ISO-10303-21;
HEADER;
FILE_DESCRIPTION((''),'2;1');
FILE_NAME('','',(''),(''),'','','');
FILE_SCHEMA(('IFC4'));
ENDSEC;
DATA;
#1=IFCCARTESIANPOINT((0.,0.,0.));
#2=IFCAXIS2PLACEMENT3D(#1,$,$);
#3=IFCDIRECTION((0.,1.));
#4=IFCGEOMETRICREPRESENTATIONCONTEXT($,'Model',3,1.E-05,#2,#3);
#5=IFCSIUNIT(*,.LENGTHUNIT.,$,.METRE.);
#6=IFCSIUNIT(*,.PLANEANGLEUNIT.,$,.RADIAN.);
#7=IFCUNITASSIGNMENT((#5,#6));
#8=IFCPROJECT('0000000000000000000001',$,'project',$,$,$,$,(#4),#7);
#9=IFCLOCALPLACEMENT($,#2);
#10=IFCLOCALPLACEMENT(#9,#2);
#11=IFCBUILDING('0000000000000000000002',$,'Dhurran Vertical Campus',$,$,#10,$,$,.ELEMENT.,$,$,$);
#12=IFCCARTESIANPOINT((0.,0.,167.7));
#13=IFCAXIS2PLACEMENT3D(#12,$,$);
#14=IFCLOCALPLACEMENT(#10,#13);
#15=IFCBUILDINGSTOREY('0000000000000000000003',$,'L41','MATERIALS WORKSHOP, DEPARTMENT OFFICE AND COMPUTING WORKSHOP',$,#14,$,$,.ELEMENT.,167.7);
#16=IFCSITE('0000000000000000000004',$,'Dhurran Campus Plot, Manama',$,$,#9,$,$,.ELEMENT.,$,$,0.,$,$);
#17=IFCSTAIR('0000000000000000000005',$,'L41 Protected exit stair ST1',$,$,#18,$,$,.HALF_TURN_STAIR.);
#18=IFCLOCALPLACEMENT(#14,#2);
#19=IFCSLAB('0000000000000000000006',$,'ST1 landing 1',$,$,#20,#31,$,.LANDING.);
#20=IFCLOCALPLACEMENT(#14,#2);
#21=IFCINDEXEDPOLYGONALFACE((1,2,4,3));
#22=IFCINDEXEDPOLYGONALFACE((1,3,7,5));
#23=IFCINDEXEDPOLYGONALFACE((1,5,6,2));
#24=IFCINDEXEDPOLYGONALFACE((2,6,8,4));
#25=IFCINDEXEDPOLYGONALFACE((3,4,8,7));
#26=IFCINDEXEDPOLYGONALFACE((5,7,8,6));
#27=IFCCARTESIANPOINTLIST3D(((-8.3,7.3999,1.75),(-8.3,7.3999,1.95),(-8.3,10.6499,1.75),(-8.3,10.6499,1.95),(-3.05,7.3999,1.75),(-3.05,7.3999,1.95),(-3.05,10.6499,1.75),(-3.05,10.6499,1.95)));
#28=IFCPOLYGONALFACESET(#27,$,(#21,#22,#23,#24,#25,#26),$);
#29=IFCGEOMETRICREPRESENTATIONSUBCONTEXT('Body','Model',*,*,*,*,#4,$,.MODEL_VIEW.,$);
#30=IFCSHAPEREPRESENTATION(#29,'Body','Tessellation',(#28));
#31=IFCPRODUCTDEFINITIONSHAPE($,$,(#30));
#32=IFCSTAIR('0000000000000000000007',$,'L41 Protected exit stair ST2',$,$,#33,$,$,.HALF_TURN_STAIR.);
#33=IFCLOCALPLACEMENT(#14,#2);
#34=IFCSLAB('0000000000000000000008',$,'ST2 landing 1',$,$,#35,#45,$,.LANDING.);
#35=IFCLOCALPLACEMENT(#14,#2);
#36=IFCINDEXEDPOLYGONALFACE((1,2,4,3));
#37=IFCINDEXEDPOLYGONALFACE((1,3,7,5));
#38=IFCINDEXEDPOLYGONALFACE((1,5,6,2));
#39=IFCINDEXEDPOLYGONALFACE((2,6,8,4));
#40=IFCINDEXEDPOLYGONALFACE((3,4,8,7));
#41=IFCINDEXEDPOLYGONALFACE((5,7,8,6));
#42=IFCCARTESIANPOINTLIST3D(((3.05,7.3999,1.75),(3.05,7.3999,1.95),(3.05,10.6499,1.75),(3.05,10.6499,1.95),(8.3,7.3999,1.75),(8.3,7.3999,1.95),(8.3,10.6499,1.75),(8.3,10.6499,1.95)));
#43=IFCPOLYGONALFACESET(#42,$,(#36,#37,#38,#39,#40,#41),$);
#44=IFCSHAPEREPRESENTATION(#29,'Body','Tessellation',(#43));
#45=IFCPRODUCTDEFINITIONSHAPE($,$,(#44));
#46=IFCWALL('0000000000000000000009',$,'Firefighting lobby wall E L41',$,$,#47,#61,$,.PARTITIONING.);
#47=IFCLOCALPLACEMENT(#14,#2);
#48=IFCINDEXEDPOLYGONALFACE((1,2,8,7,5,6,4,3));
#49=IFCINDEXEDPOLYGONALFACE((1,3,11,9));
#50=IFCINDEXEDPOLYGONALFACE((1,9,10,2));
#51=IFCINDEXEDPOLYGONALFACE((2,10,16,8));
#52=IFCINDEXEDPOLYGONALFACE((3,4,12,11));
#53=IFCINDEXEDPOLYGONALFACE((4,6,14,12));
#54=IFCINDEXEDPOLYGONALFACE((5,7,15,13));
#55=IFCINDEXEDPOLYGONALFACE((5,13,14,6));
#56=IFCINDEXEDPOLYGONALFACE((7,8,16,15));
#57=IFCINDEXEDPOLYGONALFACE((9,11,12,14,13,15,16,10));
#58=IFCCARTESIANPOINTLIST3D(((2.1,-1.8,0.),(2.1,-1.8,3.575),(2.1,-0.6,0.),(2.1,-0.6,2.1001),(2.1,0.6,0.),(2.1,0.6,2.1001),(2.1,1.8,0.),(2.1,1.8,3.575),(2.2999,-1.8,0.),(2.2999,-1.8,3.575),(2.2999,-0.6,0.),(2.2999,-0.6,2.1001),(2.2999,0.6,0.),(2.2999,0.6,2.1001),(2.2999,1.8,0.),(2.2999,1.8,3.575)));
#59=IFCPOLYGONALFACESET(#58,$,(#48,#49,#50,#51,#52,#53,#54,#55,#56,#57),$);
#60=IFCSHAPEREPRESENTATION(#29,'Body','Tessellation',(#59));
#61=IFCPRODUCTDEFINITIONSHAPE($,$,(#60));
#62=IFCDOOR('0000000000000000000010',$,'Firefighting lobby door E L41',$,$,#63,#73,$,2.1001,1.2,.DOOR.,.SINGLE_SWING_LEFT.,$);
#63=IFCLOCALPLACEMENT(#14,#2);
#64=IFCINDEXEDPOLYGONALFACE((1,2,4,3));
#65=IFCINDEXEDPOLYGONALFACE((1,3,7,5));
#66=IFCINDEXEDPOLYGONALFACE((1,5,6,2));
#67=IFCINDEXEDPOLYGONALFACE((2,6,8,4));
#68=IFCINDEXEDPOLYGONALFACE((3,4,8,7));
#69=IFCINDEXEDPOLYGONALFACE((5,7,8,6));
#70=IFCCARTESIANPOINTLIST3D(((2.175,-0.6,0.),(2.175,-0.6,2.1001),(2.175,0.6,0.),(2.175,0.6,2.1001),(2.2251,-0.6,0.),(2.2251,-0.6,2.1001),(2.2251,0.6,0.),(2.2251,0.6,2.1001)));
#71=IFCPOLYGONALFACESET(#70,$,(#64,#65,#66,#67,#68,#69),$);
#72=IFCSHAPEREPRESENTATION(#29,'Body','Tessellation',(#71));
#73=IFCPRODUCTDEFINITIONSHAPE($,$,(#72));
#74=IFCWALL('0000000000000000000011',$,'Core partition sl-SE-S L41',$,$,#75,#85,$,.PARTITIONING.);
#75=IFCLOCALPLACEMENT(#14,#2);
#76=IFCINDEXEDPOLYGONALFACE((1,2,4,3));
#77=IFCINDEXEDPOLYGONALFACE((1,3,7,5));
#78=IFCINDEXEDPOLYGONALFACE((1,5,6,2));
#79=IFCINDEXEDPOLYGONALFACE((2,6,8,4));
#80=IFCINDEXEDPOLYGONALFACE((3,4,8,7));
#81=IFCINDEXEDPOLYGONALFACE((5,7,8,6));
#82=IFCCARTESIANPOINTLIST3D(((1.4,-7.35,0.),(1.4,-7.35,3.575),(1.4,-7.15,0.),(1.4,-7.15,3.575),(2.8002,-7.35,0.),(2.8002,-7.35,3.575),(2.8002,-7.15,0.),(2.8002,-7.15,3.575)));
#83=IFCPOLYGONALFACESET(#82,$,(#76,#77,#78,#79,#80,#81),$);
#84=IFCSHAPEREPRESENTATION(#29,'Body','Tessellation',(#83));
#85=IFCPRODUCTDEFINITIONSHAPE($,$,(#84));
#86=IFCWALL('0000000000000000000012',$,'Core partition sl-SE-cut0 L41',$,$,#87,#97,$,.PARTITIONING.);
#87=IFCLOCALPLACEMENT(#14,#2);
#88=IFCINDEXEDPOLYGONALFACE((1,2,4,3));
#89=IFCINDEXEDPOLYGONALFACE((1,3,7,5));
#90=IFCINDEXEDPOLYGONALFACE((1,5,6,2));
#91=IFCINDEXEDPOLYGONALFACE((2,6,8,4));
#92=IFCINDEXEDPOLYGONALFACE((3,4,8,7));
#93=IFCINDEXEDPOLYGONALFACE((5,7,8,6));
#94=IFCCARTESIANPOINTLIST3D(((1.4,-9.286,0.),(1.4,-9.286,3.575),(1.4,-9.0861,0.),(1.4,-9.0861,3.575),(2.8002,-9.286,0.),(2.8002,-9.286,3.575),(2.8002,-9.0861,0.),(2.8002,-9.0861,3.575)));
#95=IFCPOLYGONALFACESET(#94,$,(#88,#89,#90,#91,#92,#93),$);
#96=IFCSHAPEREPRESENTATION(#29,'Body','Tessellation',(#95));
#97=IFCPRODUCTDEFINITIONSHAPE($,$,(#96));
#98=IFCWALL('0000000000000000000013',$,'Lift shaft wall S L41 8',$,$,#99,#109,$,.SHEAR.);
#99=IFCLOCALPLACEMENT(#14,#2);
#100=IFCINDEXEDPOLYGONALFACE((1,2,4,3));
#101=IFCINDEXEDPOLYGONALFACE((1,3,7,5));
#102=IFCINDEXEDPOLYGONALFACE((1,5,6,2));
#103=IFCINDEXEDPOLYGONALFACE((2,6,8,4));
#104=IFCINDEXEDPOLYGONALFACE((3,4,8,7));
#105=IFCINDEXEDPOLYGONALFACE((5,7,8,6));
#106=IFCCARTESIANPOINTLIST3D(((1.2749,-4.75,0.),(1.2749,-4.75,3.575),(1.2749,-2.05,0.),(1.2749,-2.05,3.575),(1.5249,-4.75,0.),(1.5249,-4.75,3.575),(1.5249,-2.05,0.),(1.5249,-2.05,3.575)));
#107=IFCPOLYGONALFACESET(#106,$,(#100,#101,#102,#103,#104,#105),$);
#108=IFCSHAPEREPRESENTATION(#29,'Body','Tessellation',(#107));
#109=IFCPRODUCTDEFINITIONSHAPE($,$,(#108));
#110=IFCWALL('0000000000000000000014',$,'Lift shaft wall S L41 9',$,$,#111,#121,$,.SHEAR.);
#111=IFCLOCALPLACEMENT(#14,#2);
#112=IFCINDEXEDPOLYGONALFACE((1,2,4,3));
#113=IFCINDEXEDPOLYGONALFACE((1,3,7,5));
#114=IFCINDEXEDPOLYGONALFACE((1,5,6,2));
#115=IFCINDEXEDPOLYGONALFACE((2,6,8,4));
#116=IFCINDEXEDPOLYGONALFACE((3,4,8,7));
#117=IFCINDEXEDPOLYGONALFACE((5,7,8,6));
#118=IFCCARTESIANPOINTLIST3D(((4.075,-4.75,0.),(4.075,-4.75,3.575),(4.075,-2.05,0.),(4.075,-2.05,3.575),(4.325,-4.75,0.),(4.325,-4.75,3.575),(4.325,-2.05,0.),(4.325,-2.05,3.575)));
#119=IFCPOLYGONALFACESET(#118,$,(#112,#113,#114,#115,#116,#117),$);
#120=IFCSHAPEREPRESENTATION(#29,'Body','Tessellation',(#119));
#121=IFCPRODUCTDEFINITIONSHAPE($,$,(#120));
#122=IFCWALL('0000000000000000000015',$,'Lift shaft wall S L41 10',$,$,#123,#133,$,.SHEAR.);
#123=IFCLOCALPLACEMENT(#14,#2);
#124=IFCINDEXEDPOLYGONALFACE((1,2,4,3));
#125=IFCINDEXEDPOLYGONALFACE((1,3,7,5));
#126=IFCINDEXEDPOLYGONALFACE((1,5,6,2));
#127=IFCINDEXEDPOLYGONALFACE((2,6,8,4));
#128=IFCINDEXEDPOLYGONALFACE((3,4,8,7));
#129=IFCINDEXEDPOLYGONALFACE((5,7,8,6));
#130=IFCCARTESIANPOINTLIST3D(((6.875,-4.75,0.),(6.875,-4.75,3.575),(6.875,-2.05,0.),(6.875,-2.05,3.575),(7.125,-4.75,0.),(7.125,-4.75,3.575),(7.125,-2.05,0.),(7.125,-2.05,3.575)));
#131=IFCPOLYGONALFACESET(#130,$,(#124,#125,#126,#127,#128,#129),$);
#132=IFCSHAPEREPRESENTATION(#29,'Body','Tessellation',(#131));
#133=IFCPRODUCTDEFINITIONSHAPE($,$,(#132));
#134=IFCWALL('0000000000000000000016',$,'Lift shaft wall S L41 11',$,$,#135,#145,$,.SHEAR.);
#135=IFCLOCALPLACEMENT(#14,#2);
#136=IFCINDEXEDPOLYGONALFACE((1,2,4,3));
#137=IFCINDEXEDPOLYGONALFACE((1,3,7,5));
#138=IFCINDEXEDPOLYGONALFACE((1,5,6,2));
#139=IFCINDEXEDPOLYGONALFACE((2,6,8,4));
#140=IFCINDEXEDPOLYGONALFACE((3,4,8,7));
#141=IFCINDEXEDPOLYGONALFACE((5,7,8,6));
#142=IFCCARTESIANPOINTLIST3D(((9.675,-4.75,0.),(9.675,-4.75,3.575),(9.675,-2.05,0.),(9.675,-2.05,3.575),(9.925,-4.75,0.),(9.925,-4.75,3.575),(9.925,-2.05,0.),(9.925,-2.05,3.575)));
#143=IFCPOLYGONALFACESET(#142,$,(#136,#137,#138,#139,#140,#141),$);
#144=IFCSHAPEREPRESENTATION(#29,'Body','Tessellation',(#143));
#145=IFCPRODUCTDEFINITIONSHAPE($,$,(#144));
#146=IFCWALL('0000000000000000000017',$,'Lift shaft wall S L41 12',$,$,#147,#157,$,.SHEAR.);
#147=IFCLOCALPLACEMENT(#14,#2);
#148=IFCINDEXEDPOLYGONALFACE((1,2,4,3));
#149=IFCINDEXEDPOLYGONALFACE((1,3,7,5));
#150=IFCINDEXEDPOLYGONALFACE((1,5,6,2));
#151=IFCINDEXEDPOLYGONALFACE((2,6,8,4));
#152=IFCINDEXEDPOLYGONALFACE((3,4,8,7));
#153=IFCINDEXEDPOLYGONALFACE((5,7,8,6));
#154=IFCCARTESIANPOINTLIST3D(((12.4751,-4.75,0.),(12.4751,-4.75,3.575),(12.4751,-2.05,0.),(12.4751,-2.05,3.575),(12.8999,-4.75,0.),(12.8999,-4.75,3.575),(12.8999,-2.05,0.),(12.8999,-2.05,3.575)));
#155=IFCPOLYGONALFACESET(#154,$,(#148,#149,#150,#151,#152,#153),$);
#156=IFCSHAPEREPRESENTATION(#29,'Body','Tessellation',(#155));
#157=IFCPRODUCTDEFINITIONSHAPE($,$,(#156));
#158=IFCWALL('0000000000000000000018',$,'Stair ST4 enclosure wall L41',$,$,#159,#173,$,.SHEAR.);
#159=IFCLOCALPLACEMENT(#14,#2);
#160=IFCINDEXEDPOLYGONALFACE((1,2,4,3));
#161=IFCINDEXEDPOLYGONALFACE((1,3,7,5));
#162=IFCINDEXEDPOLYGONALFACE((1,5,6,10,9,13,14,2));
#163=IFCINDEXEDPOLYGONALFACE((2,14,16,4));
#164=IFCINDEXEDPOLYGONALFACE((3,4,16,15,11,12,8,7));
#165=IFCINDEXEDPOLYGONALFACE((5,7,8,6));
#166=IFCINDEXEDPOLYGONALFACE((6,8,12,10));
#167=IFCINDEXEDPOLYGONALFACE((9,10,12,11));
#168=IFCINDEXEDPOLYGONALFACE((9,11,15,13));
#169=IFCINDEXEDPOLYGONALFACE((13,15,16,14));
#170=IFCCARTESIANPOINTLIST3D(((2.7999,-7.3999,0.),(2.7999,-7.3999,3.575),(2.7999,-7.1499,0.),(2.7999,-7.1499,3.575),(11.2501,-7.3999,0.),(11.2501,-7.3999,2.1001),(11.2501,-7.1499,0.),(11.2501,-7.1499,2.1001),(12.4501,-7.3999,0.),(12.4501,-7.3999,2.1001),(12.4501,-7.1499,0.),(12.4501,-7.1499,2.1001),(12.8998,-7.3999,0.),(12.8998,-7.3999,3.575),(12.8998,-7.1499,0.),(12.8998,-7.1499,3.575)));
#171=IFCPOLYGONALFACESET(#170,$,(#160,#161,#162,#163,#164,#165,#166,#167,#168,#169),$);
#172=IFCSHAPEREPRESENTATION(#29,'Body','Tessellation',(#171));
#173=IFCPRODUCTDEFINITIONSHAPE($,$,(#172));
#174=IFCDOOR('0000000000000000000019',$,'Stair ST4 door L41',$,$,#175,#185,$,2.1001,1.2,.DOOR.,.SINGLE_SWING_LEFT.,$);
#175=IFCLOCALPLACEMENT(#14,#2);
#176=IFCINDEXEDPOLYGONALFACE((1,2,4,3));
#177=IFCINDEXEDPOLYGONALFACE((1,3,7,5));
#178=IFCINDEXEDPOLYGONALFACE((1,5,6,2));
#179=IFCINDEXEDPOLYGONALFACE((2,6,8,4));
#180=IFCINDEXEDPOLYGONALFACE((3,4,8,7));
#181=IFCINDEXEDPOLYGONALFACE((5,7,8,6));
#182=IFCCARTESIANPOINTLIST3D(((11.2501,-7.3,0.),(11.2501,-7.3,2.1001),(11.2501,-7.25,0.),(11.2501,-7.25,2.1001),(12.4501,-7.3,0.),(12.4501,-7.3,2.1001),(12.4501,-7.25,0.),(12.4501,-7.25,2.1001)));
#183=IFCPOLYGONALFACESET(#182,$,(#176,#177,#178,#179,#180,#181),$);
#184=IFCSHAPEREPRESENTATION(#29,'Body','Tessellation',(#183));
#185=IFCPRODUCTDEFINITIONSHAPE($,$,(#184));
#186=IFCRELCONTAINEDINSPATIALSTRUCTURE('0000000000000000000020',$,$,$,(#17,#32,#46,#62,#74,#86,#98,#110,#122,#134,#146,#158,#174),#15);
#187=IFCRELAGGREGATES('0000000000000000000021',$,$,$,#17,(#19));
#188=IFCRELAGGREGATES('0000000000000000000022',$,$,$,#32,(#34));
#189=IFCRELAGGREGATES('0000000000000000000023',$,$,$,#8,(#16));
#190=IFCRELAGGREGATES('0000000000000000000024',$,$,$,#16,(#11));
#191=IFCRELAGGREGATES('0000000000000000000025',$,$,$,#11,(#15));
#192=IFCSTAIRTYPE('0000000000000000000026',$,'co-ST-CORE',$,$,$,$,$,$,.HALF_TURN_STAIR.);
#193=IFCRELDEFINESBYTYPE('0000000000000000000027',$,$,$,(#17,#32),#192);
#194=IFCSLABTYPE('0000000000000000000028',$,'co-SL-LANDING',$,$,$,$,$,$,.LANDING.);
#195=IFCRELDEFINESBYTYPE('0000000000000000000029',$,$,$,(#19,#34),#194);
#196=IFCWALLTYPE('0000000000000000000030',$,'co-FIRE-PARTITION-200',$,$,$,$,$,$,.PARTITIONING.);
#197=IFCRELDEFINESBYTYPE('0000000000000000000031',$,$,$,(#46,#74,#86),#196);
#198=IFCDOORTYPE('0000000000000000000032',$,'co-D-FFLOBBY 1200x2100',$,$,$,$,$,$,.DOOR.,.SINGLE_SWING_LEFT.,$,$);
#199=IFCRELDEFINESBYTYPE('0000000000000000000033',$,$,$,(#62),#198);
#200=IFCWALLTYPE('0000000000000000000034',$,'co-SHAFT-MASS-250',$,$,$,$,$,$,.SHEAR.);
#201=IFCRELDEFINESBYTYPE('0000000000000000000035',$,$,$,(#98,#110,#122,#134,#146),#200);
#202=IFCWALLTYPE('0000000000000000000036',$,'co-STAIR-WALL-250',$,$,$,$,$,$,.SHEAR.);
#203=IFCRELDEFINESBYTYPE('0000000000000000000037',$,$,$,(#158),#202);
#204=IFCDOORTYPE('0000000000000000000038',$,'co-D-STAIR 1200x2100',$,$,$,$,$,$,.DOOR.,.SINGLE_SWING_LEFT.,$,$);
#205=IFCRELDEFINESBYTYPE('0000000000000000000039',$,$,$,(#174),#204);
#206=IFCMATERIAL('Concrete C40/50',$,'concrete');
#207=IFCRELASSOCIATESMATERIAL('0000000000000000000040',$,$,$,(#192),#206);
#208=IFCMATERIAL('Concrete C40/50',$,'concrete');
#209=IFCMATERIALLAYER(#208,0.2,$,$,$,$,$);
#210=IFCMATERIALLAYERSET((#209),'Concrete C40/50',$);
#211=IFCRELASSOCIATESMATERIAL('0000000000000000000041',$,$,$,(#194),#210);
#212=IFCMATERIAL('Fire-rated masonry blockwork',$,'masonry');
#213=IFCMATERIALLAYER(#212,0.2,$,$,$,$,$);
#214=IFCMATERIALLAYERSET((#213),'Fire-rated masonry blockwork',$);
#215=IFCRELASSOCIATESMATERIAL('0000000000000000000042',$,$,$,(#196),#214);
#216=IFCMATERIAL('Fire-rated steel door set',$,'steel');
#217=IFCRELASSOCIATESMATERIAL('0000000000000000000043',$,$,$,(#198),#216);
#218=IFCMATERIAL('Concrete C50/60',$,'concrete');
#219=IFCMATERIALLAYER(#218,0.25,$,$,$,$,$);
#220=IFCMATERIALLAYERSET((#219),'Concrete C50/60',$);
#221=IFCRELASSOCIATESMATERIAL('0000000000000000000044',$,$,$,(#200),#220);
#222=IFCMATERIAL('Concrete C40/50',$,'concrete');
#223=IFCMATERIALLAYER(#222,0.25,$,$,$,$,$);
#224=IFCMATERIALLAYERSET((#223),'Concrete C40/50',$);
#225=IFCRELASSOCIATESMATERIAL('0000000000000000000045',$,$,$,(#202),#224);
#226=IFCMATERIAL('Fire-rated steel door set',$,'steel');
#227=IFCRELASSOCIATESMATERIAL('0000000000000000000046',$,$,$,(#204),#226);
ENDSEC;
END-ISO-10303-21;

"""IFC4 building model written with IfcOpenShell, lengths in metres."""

from ifc_helpers import new_model, si_unit, direction, frame, frame_2d, origin, place, context, subcontext, project, spatial, polyline, rectangle, outline, extrude, material, layer, layer_set, type_object, element, fill, aggregate, save


model = new_model("IFC4")

# Units and contexts
model_context = context("Model", 3, precision=1e-05, world=origin(), true_north=direction((0.0, 1.0)))
body_context = subcontext(model_context, "Body", "Model", "MODEL_VIEW")
ifc_project = project(units=[si_unit("LENGTHUNIT", "METRE"), si_unit("PLANEANGLEUNIT", "RADIAN")], contexts=[model_context])

# Site, building, storey
site_placement = place(None, origin())
site = spatial("IfcSite", under=ifc_project, at=site_placement, Name="Dhurran Campus Plot, Manama", CompositionType="ELEMENT", RefElevation=0.0)
building_placement = place(site_placement, origin())
building = spatial("IfcBuilding", under=site, at=building_placement, Name="Dhurran Vertical Campus", CompositionType="ELEMENT")
storey_placement = place(building_placement, frame((0.0, 0.0, 167.7)))
storey = spatial("IfcBuildingStorey", under=building, at=storey_placement, Name="L41", Description="MATERIALS WORKSHOP, DEPARTMENT OFFICE AND COMPUTING WORKSHOP", CompositionType="ELEMENT", Elevation=167.7)

# Stairs, slabs
ifc_material_1 = material(Name="Concrete C40/50", Category="concrete")
stair_type = type_object("IfcStairType", Name="co-ST-CORE", PredefinedType="HALF_TURN_STAIR", material=ifc_material_1)
stair_1_placement = place(storey_placement, origin())
stair_1 = element("IfcStair", 1, at=stair_1_placement, inside=storey, type_object=stair_type, Name="L41 Protected exit stair ST1", PredefinedType="HALF_TURN_STAIR")
ifc_material_2 = material(Name="Concrete C40/50", Category="concrete")
ifc_layer_1 = layer(ifc_material_2, 0.2)
ifc_layer_set_1 = layer_set([ifc_layer_1], Name="Concrete C40/50")
slab_type = type_object("IfcSlabType", Name="co-SL-LANDING", PredefinedType="LANDING", material=ifc_layer_set_1)
slab_1_placement = place(storey_placement, frame((0.0, 0.0, 1.75)))
slab_1 = element("IfcSlab", 2, at=slab_1_placement, type_object=slab_type, Name="ST1 landing 1", PredefinedType="LANDING", context=body_context, shape_type="SweptSolid", body=[
    extrude(outline(polyline([(-8.3, 7.3999), (-3.05, 7.3999), (-3.05, 10.6499), (-8.3, 10.6499), (-8.3, 7.3999)])), origin(), (0.0, 0.0, 1.0), 0.2),
])
aggregate(stair_1, [slab_1])
stair_2_placement = place(storey_placement, origin())
stair_2 = element("IfcStair", 3, at=stair_2_placement, inside=storey, type_object=stair_type, Name="L41 Protected exit stair ST2", PredefinedType="HALF_TURN_STAIR")
slab_2_placement = place(storey_placement, frame((0.0, 0.0, 1.75)))
slab_2 = element("IfcSlab", 4, at=slab_2_placement, type_object=slab_type, Name="ST2 landing 1", PredefinedType="LANDING", context=body_context, shape_type="SweptSolid", body=[
    extrude(outline(polyline([(8.3, 10.6499), (3.05, 10.6499), (3.05, 7.3999), (8.3, 7.3999), (8.3, 10.6499)])), origin(), (0.0, 0.0, 1.0), 0.2),
])
aggregate(stair_2, [slab_2])

# Wall, opening, door
ifc_material_3 = material(Name="Fire-rated masonry blockwork", Category="masonry")
ifc_layer_2 = layer(ifc_material_3, 0.2)
ifc_layer_set_2 = layer_set([ifc_layer_2], Name="Fire-rated masonry blockwork")
wall_type_1 = type_object("IfcWallType", Name="co-FIRE-PARTITION-200", PredefinedType="PARTITIONING", material=ifc_layer_set_2)
wall_1_placement = place(storey_placement, frame((2.2, -1.8, 0.0), z_axis=(0.0, 0.0, 1.0), x_axis=(0.0, 1.0, 0.0)))
wall_1 = element("IfcWall", 5, at=wall_1_placement, inside=storey, type_object=wall_type_1, Name="Firefighting lobby wall E L41", PredefinedType="PARTITIONING", context=body_context, shape_type="SweptSolid", body=[
    extrude(rectangle(XDim=3.6001, YDim=0.2, at=frame_2d((1.8, 0.0))), origin(), (0.0, 0.0, 1.0), 3.575),
])
opening_1_placement = place(wall_1_placement, frame((1.2, 0.0, 0.0)))
opening_1 = element("IfcOpeningElement", 6, at=opening_1_placement, cuts=wall_1, PredefinedType="OPENING", context=body_context, shape_type="SweptSolid", body=[
    extrude(rectangle(XDim=1.2, YDim=2.1001, at=frame_2d((0.6001, 1.05))), frame((0.0, 0.1099, 0.0), z_axis=(0.0, -1.0, 0.0), x_axis=(1.0, 0.0, 0.0)), (0.0, 0.0, 1.0), 0.22),
])
ifc_material_4 = material(Name="Fire-rated steel door set", Category="steel")
door_type_1 = type_object("IfcDoorType", Name="co-D-FFLOBBY 1200x2100", OperationType="SINGLE_SWING_LEFT", PredefinedType="DOOR", material=ifc_material_4)
door_1_placement = place(opening_1_placement, origin())
door_1 = element("IfcDoor", 7, at=door_1_placement, inside=storey, type_object=door_type_1, Name="Firefighting lobby door E L41", OperationType="SINGLE_SWING_LEFT", OverallHeight=2.1001, OverallWidth=1.2, PredefinedType="DOOR", context=body_context, shape_type="SweptSolid", body=[
    extrude(rectangle(XDim=1.2, YDim=2.1001, at=frame_2d((0.6001, 1.05))), frame((0.0, 0.0249, 0.0), z_axis=(0.0, -1.0, 0.0), x_axis=(1.0, 0.0, 0.0)), (0.0, 0.0, 1.0), 0.05),
])
fill(opening_1, door_1)

# Walls
for number, where, z_axis, x_axis, name in (
    (8, (1.3999, -7.25, 0.0), (0.0, 0.0, 1.0), (1.0, 0.0, 0.0), "Core partition sl-SE-S L41"),
    (9, (1.3999, -9.186, 0.0), (0.0, 0.0, 1.0), (1.0, 0.0, 0.0), "Core partition sl-SE-cut0 L41"),
):
    element("IfcWall", number, at=place(storey_placement, frame(where, z_axis=z_axis, x_axis=x_axis)), inside=storey, type_object=wall_type_1, Name=name, PredefinedType="PARTITIONING", context=body_context, shape_type="SweptSolid", body=[
        extrude(rectangle(XDim=1.4001, YDim=0.2, at=frame_2d((0.7002, 0.0))), origin(), (0.0, 0.0, 1.0), 3.575),
    ])
ifc_material_5 = material(Name="Concrete C50/60", Category="concrete")
ifc_layer_3 = layer(ifc_material_5, 0.25)
ifc_layer_set_3 = layer_set([ifc_layer_3], Name="Concrete C50/60")
wall_type_2 = type_object("IfcWallType", Name="co-SHAFT-MASS-250", PredefinedType="SHEAR", material=ifc_layer_set_3)
wall_2_placement = place(storey_placement, origin())
element("IfcWall", 10, at=wall_2_placement, inside=storey, type_object=wall_type_2, Name="Lift shaft wall S L41 8", PredefinedType="SHEAR", context=body_context, shape_type="SweptSolid", body=[
    extrude(outline(polyline([(1.2749, -4.75), (1.5249, -4.75), (1.5249, -2.05), (1.2749, -2.05), (1.2749, -4.75)])), origin(), (0.0, 0.0, 1.0), 3.575),
])
wall_3_placement = place(storey_placement, origin())
element("IfcWall", 11, at=wall_3_placement, inside=storey, type_object=wall_type_2, Name="Lift shaft wall S L41 9", PredefinedType="SHEAR", context=body_context, shape_type="SweptSolid", body=[
    extrude(outline(polyline([(4.075, -4.75), (4.325, -4.75), (4.325, -2.05), (4.075, -2.05), (4.075, -4.75)])), origin(), (0.0, 0.0, 1.0), 3.575),
])
wall_4_placement = place(storey_placement, origin())
element("IfcWall", 12, at=wall_4_placement, inside=storey, type_object=wall_type_2, Name="Lift shaft wall S L41 10", PredefinedType="SHEAR", context=body_context, shape_type="SweptSolid", body=[
    extrude(outline(polyline([(6.875, -4.75), (7.125, -4.75), (7.125, -2.05), (6.875, -2.05), (6.875, -4.75)])), origin(), (0.0, 0.0, 1.0), 3.575),
])
wall_5_placement = place(storey_placement, origin())
element("IfcWall", 13, at=wall_5_placement, inside=storey, type_object=wall_type_2, Name="Lift shaft wall S L41 11", PredefinedType="SHEAR", context=body_context, shape_type="SweptSolid", body=[
    extrude(outline(polyline([(9.675, -4.75), (9.925, -4.75), (9.925, -2.05), (9.675, -2.05), (9.675, -4.75)])), origin(), (0.0, 0.0, 1.0), 3.575),
])
wall_6_placement = place(storey_placement, origin())
element("IfcWall", 14, at=wall_6_placement, inside=storey, type_object=wall_type_2, Name="Lift shaft wall S L41 12", PredefinedType="SHEAR", context=body_context, shape_type="SweptSolid", body=[
    extrude(outline(polyline([(12.4751, -4.75), (12.8999, -4.75), (12.8999, -2.05), (12.4751, -2.05), (12.4751, -4.75)])), origin(), (0.0, 0.0, 1.0), 3.575),
])

# Wall, opening, door
ifc_material_6 = material(Name="Concrete C40/50", Category="concrete")
ifc_layer_4 = layer(ifc_material_6, 0.25)
ifc_layer_set_4 = layer_set([ifc_layer_4], Name="Concrete C40/50")
wall_type_3 = type_object("IfcWallType", Name="co-STAIR-WALL-250", PredefinedType="SHEAR", material=ifc_layer_set_4)
wall_7_placement = place(storey_placement, frame((2.8, -7.2749, 0.0), z_axis=(0.0, 0.0, 1.0), x_axis=(1.0, 0.0, 0.0)))
wall_7 = element("IfcWall", 15, at=wall_7_placement, inside=storey, type_object=wall_type_3, Name="Stair ST4 enclosure wall L41", PredefinedType="SHEAR", context=body_context, shape_type="SweptSolid", body=[
    extrude(rectangle(XDim=10.0999, YDim=0.25, at=frame_2d((5.0498, 0.0))), origin(), (0.0, 0.0, 1.0), 3.575),
])
opening_2_placement = place(wall_7_placement, frame((8.45, 0.0, 0.0)))
opening_2 = element("IfcOpeningElement", 16, at=opening_2_placement, cuts=wall_7, PredefinedType="OPENING", context=body_context, shape_type="SweptSolid", body=[
    extrude(rectangle(XDim=1.2, YDim=2.1001, at=frame_2d((0.6001, 1.05))), frame((0.0, 0.135, 0.0), z_axis=(0.0, -1.0, 0.0), x_axis=(1.0, 0.0, 0.0)), (0.0, 0.0, 1.0), 0.27),
])
ifc_material_7 = material(Name="Fire-rated steel door set", Category="steel")
door_type_2 = type_object("IfcDoorType", Name="co-D-STAIR 1200x2100", OperationType="SINGLE_SWING_LEFT", PredefinedType="DOOR", material=ifc_material_7)
door_2_placement = place(opening_2_placement, origin())
door_2 = element("IfcDoor", 17, at=door_2_placement, inside=storey, type_object=door_type_2, Name="Stair ST4 door L41", OperationType="SINGLE_SWING_LEFT", OverallHeight=2.1001, OverallWidth=1.2, PredefinedType="DOOR", context=body_context, shape_type="SweptSolid", body=[
    extrude(rectangle(XDim=1.2, YDim=2.1001, at=frame_2d((0.6001, 1.05))), frame((0.0, 0.0249, 0.0), z_axis=(0.0, -1.0, 0.0), x_axis=(1.0, 0.0, 0.0)), (0.0, 0.0, 1.0), 0.05),
])
fill(opening_2, door_2)

save(model, "model.ifc")
